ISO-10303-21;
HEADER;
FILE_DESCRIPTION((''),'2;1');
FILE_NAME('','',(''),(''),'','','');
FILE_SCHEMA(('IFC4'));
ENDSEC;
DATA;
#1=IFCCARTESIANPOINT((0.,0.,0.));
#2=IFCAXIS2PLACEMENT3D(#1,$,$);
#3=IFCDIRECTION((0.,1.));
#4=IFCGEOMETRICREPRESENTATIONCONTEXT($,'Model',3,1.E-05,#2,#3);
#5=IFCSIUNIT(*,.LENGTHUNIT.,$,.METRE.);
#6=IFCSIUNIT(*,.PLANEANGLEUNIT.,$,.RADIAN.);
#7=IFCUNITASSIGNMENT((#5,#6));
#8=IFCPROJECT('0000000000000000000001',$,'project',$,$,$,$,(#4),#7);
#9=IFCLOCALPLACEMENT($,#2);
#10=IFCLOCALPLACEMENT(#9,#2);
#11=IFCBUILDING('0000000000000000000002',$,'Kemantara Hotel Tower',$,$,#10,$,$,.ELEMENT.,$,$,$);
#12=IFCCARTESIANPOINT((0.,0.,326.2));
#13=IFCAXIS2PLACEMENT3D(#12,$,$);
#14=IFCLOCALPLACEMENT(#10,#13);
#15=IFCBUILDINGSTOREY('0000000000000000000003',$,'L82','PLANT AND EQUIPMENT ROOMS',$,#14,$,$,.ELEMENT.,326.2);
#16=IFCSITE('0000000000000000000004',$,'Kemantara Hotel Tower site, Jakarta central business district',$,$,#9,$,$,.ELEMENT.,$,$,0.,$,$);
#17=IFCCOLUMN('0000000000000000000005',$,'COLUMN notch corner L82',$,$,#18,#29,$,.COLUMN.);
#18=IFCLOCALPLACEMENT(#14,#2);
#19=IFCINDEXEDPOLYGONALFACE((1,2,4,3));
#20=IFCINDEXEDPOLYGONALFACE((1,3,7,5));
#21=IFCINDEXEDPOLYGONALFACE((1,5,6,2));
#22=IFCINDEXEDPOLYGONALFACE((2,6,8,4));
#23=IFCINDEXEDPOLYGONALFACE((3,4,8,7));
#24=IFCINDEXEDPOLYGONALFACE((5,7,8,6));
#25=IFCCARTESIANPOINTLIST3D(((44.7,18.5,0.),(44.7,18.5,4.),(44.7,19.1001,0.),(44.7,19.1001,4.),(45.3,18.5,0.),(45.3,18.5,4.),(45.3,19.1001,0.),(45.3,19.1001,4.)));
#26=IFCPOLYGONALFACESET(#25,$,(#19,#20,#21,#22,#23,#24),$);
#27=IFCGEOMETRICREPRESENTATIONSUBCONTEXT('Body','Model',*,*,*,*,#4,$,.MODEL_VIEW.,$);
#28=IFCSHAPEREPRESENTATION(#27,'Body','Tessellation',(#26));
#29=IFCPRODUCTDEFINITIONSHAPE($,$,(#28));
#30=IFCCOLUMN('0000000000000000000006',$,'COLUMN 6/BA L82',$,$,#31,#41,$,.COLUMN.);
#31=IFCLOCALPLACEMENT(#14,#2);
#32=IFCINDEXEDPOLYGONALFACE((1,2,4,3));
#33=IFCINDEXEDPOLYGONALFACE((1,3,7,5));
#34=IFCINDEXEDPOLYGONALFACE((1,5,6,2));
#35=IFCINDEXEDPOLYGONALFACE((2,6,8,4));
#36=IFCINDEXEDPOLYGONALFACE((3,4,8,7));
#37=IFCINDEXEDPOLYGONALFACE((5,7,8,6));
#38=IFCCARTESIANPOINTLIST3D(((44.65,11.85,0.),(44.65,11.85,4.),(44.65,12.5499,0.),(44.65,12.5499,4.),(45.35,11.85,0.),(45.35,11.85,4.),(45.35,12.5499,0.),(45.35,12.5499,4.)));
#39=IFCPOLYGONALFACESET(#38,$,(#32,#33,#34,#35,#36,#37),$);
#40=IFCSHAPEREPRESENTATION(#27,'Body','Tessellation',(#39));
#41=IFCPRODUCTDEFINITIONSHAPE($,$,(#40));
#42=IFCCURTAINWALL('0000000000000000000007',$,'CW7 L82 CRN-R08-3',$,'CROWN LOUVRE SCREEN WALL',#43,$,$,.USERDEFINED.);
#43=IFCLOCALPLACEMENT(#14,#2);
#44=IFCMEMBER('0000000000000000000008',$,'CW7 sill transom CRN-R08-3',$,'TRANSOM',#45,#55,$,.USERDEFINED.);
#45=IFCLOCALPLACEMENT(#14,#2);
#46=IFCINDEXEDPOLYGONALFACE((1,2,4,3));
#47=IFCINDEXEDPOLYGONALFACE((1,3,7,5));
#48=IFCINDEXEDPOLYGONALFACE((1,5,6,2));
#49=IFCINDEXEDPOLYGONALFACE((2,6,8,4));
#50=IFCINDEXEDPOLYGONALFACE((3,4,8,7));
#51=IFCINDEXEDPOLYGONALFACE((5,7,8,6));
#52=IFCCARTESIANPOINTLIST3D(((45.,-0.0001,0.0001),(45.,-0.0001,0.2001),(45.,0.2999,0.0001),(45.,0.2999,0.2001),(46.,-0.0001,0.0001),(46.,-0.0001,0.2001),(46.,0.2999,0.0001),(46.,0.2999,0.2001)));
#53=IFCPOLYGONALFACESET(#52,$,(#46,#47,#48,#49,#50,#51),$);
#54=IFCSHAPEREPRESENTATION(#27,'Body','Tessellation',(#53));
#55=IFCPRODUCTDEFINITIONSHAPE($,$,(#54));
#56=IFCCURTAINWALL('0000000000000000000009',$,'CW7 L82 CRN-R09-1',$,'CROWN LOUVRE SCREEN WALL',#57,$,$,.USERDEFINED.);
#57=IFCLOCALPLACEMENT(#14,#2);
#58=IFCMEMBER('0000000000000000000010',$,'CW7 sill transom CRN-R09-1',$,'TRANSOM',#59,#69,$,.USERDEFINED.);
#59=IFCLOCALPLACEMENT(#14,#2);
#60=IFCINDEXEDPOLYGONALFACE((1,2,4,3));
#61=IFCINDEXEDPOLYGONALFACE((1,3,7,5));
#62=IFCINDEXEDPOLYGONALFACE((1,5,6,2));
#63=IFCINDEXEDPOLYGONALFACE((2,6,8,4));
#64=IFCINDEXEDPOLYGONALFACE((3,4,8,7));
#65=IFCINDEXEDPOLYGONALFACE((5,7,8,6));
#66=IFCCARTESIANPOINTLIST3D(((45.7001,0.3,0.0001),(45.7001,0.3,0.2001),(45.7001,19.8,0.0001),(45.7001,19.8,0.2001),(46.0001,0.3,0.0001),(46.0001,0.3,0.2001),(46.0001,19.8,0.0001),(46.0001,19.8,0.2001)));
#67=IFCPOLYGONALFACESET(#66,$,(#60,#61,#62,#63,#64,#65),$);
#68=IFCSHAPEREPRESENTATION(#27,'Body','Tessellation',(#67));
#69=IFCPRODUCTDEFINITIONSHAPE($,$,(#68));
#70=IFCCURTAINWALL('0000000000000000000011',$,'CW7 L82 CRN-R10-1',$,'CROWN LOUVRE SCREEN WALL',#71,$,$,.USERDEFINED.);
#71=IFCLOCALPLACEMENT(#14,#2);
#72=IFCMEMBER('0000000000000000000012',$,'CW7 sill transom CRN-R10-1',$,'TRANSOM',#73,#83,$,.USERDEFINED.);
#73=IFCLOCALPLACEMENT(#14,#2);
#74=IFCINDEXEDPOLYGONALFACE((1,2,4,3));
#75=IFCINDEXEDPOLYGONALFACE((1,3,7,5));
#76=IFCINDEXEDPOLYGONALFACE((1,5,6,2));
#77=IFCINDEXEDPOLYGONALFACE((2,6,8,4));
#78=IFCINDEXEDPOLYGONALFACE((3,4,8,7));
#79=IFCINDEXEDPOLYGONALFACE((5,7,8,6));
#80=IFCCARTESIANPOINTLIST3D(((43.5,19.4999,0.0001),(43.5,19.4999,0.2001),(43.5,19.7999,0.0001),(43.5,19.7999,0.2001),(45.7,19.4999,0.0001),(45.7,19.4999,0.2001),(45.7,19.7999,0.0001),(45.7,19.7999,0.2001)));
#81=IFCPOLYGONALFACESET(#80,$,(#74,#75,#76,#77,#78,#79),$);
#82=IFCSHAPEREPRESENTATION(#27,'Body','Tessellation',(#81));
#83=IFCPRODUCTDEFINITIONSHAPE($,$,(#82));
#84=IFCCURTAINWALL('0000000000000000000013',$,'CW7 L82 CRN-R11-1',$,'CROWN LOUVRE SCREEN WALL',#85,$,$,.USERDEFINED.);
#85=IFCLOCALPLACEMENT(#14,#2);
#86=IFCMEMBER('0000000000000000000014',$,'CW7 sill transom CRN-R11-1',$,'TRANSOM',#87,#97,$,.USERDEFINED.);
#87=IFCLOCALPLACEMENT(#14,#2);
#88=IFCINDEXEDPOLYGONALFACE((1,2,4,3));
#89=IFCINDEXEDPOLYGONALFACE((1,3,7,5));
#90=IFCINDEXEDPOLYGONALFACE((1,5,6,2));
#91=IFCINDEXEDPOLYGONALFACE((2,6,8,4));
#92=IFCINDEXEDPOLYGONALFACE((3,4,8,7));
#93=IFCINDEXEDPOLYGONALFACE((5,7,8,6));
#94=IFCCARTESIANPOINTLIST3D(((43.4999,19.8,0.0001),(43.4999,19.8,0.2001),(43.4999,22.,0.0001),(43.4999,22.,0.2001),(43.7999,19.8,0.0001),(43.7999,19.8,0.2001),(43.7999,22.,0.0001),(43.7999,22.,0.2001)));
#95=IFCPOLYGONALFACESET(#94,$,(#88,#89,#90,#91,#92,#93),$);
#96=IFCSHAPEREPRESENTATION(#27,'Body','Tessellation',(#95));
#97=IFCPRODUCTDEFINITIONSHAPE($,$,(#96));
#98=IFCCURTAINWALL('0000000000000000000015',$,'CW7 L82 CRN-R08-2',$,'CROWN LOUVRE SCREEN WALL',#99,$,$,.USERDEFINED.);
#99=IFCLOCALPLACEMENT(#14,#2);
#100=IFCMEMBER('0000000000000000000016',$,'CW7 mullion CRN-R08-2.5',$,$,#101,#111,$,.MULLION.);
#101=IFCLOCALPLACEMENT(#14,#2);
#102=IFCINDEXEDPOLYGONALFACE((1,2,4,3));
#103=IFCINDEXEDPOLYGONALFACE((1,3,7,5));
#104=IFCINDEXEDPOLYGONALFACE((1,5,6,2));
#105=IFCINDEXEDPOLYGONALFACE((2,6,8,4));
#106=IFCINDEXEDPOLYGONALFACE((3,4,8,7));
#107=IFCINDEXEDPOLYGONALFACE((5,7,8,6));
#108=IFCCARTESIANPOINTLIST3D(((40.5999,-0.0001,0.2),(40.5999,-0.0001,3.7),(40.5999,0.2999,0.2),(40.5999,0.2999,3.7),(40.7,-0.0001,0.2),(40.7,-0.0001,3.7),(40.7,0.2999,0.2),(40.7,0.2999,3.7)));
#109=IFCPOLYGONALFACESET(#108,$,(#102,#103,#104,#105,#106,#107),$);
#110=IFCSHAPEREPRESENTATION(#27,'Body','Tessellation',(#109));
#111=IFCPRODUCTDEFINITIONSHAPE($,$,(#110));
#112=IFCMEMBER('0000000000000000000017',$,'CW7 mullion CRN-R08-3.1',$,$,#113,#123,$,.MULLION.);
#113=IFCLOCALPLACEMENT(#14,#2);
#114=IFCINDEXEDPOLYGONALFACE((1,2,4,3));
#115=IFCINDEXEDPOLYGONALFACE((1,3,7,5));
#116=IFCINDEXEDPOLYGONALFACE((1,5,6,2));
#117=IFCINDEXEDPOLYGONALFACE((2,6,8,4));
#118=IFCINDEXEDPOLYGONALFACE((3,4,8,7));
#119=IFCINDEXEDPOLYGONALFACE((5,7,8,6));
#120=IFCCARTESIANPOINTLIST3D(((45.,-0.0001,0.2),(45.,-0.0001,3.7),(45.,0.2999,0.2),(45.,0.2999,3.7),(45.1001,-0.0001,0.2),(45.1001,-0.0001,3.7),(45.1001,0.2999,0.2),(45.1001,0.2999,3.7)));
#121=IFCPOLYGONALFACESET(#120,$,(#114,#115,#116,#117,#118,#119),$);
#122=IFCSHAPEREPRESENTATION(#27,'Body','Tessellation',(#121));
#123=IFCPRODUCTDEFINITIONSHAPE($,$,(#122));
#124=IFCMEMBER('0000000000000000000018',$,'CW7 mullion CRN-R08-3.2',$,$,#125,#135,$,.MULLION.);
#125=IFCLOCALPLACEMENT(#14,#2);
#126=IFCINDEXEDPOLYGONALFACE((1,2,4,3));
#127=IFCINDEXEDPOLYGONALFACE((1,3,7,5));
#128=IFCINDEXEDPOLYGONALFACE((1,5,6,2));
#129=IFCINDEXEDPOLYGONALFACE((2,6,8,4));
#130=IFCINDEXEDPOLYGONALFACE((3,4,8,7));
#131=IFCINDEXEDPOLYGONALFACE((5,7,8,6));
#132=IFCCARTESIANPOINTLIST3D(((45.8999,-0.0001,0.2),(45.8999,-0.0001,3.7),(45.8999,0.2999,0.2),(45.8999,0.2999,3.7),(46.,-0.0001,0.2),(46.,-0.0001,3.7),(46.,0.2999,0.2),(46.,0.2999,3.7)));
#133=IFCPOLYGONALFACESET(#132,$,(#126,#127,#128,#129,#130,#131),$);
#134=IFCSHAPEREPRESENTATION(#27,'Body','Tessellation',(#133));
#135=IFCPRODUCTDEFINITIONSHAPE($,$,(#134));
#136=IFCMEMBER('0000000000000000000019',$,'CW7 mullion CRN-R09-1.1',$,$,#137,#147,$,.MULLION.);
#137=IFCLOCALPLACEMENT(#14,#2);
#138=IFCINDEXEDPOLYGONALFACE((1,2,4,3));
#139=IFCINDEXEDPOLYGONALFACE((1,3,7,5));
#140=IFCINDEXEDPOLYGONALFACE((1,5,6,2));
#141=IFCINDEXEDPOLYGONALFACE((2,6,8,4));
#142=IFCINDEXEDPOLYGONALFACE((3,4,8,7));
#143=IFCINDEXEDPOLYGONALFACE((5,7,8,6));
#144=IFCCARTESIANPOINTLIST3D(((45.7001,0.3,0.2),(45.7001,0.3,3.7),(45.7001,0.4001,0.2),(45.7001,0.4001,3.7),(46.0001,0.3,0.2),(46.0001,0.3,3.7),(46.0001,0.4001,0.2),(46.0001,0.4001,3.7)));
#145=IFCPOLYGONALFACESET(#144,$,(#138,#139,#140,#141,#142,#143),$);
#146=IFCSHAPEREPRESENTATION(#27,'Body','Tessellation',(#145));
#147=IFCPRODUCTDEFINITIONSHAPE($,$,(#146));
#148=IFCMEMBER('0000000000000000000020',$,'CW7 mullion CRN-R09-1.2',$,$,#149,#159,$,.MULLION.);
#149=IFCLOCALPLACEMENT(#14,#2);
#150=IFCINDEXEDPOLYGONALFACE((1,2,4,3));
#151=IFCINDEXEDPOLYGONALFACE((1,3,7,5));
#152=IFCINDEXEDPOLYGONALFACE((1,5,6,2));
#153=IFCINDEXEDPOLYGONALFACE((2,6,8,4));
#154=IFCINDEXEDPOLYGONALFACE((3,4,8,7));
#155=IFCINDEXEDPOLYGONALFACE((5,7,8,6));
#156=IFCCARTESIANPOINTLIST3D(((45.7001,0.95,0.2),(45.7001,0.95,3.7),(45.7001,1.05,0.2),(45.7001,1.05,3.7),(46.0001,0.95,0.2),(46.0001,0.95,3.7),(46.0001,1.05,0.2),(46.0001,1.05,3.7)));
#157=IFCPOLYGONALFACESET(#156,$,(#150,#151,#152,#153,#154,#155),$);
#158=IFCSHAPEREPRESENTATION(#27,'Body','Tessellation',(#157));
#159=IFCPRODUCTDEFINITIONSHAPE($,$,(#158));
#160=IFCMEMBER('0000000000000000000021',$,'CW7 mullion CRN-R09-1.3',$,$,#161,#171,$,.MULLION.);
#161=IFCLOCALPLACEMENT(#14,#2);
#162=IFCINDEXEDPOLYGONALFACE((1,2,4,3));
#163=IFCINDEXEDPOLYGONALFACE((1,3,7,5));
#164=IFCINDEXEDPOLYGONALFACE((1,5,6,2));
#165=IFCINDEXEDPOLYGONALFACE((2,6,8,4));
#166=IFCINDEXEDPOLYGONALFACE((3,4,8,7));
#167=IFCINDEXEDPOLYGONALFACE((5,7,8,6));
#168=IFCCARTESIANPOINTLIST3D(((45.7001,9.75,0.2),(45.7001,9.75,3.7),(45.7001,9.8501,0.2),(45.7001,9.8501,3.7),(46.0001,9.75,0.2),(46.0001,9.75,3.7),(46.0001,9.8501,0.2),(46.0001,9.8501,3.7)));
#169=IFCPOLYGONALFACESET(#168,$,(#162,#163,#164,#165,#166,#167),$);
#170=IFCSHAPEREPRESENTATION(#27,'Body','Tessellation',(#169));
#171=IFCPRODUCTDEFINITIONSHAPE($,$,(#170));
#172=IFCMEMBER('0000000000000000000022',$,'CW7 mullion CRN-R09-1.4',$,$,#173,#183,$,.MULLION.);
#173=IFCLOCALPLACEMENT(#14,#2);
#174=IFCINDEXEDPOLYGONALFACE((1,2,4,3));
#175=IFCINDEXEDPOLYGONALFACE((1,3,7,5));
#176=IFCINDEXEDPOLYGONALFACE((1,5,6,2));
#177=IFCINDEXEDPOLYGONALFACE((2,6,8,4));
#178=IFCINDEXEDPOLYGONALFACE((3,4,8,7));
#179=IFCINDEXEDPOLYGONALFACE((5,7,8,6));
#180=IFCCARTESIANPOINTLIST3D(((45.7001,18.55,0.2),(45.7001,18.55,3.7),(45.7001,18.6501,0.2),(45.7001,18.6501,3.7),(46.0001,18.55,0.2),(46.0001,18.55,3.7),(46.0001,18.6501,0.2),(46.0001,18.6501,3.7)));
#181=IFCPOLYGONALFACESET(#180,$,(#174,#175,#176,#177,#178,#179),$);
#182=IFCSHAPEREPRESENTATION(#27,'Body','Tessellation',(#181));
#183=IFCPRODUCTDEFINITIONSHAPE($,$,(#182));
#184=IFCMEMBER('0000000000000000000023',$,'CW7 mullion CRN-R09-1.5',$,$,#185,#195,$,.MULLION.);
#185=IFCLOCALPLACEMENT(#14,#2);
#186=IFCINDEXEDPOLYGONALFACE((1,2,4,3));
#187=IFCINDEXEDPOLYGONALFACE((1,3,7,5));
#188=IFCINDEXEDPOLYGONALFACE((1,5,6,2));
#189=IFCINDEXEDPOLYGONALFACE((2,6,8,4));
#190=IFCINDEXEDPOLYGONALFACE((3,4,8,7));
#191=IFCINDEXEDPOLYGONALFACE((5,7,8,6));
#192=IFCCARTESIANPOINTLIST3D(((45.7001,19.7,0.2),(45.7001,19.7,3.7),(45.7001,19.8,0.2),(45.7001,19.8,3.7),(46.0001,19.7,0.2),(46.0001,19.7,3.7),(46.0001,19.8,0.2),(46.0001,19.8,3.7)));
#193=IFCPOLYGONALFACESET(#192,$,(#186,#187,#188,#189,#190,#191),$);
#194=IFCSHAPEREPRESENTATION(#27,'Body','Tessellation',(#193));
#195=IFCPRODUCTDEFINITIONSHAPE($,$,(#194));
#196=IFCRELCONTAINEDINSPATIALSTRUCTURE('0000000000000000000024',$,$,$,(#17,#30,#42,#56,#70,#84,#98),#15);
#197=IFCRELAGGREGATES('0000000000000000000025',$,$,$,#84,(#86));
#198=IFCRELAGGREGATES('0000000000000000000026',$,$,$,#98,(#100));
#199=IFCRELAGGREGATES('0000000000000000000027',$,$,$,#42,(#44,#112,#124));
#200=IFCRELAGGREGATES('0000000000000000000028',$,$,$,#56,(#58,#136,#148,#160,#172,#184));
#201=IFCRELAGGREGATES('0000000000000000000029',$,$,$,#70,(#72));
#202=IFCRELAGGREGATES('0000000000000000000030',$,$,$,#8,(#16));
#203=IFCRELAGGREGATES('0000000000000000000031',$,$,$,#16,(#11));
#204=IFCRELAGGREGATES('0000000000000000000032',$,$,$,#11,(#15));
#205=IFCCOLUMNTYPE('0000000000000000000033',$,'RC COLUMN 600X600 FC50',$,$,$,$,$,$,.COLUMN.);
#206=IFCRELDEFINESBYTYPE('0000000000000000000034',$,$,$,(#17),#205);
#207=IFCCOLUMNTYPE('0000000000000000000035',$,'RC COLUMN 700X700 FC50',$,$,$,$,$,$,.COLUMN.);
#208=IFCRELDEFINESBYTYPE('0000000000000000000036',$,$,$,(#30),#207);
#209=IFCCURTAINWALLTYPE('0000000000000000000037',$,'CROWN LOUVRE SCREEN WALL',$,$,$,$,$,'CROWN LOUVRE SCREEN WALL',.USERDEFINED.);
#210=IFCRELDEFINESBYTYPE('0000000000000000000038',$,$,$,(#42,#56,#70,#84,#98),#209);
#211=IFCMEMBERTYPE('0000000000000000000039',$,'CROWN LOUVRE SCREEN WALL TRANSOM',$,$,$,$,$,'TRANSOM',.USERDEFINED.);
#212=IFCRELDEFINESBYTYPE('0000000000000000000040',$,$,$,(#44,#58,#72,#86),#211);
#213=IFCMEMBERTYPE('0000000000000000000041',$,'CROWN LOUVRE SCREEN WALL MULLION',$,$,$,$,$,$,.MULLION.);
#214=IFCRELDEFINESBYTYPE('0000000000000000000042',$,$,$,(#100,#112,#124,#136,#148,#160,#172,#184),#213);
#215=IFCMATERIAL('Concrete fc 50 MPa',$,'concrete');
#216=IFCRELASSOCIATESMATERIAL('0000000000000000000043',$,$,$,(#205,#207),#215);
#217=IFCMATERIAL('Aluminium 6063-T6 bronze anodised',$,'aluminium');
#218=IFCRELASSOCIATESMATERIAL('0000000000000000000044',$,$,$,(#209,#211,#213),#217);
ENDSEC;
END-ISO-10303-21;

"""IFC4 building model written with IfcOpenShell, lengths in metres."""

from ifc_helpers import new_model, si_unit, direction, frame, origin, origin_2d, place, context, subcontext, project, spatial, rectangle, extrude, source, transform, mapped, material, material_profile, profile_set, type_object, element, aggregate, save


model = new_model("IFC4")

# Units and contexts
model_context = context("Model", 3, precision=1e-05, world=origin(), true_north=direction((0.0, 1.0)))
body_context = subcontext(model_context, "Body", "Model", "MODEL_VIEW")
ifc_project = project(units=[si_unit("LENGTHUNIT", "METRE"), si_unit("PLANEANGLEUNIT", "RADIAN")], contexts=[model_context])

# Site, building, storey
site_placement = place(None, origin())
site = spatial("IfcSite", under=ifc_project, at=site_placement, Name="Kemantara Hotel Tower site, Jakarta central business district", CompositionType="ELEMENT", RefElevation=0.0)
building_placement = place(site_placement, origin())
building = spatial("IfcBuilding", under=site, at=building_placement, Name="Kemantara Hotel Tower", CompositionType="ELEMENT")
storey_placement = place(building_placement, frame((0.0, 0.0, 326.2)))
storey = spatial("IfcBuildingStorey", under=building, at=storey_placement, Name="L82", Description="PLANT AND EQUIPMENT ROOMS", CompositionType="ELEMENT", Elevation=326.2)

# Columns
ifc_material_1 = material(Name="Concrete fc 50 MPa", Category="concrete")
ifc_material_profile_1 = material_profile(ifc_material_1, rectangle(XDim=0.6001, YDim=0.6001, at=origin_2d()), Name="RC 600X600")
ifc_profile_set_1 = profile_set([ifc_material_profile_1], Name="Concrete fc 50 MPa")
column_type_1 = type_object("IfcColumnType", Name="RC COLUMN 600X600 FC50", PredefinedType="COLUMN", material=ifc_profile_set_1)
column_1_placement = place(storey_placement, frame((45.0, 18.8, 0.0), z_axis=(0.0, 0.0, 1.0), x_axis=(1.0, 0.0, 0.0)))
element("IfcColumn", 1, at=column_1_placement, inside=storey, type_object=column_type_1, Name="COLUMN notch corner L82", PredefinedType="COLUMN", context=body_context, shape_type="SweptSolid", body=[
    extrude(rectangle(XDim=0.6001, YDim=0.6001, at=origin_2d()), origin(), (0.0, 0.0, 1.0), 4.0),
])
ifc_material_profile_2 = material_profile(ifc_material_1, rectangle(XDim=0.7, YDim=0.7, at=origin_2d()), Name="RC 700X700")
ifc_profile_set_2 = profile_set([ifc_material_profile_2], Name="Concrete fc 50 MPa")
column_type_2 = type_object("IfcColumnType", Name="RC COLUMN 700X700 FC50", PredefinedType="COLUMN", material=ifc_profile_set_2)
column_2_placement = place(storey_placement, frame((45.0, 12.2, 0.0), z_axis=(0.0, 0.0, 1.0), x_axis=(1.0, 0.0, 0.0)))
element("IfcColumn", 2, at=column_2_placement, inside=storey, type_object=column_type_2, Name="COLUMN 6/BA L82", PredefinedType="COLUMN", context=body_context, shape_type="SweptSolid", body=[
    extrude(rectangle(XDim=0.7, YDim=0.7, at=origin_2d()), origin(), (0.0, 0.0, 1.0), 4.0),
])

# Curtain walls, members
ifc_material_2 = material(Name="Aluminium 6063-T6 bronze anodised", Category="aluminium")
curtain_wall_type = type_object("IfcCurtainWallType", Name="CROWN LOUVRE SCREEN WALL", ElementType="CROWN LOUVRE SCREEN WALL", PredefinedType="USERDEFINED", material=ifc_material_2)
curtain_wall_1_placement = place(storey_placement, origin())
curtain_wall_1 = element("IfcCurtainWall", 3, at=curtain_wall_1_placement, inside=storey, type_object=curtain_wall_type, Name="CW7 L82 CRN-R08-3", ObjectType="CROWN LOUVRE SCREEN WALL", PredefinedType="USERDEFINED")
ifc_material_profile_3 = material_profile(ifc_material_2, rectangle(XDim=0.3, YDim=0.2, at=origin_2d()), Name="CROWN LOUVRE SCREEN WALL TRANSOM")
ifc_profile_set_3 = profile_set([ifc_material_profile_3], Name="Aluminium 6063-T6 bronze anodised")
member_type_1 = type_object("IfcMemberType", Name="CROWN LOUVRE SCREEN WALL TRANSOM", ElementType="TRANSOM", PredefinedType="USERDEFINED", material=ifc_profile_set_3)
member_1_placement = place(storey_placement, frame((45.0, 0.1499, 0.1001), z_axis=(1.0, 0.0, 0.0), x_axis=(0.0, 1.0, 0.0)))
member_1 = element("IfcMember", 4, at=member_1_placement, type_object=member_type_1, Name="CW7 sill transom CRN-R08-3", ObjectType="TRANSOM", PredefinedType="USERDEFINED", context=body_context, shape_type="SweptSolid", body=[
    extrude(rectangle(XDim=0.3, YDim=0.2, at=origin_2d()), origin(), (0.0, 0.0, 1.0), 1.0),
])
curtain_wall_2_placement = place(storey_placement, origin())
curtain_wall_2 = element("IfcCurtainWall", 5, at=curtain_wall_2_placement, inside=storey, type_object=curtain_wall_type, Name="CW7 L82 CRN-R09-1", ObjectType="CROWN LOUVRE SCREEN WALL", PredefinedType="USERDEFINED")
member_2_placement = place(storey_placement, frame((45.8501, 0.3, 0.1001), z_axis=(0.0, 1.0, 0.0), x_axis=(-1.0, 0.0, 0.0)))
member_2 = element("IfcMember", 6, at=member_2_placement, type_object=member_type_1, Name="CW7 sill transom CRN-R09-1", ObjectType="TRANSOM", PredefinedType="USERDEFINED", context=body_context, shape_type="SweptSolid", body=[
    extrude(rectangle(XDim=0.3, YDim=0.2, at=origin_2d()), origin(), (0.0, 0.0, 1.0), 19.5),
])
curtain_wall_3_placement = place(storey_placement, origin())
curtain_wall_3 = element("IfcCurtainWall", 7, at=curtain_wall_3_placement, inside=storey, type_object=curtain_wall_type, Name="CW7 L82 CRN-R10-1", ObjectType="CROWN LOUVRE SCREEN WALL", PredefinedType="USERDEFINED")
member_3_placement = place(storey_placement, frame((45.7, 19.6499, 0.1001), z_axis=(-1.0, 0.0, 0.0), x_axis=(0.0, -1.0, 0.0)))
member_3 = element("IfcMember", 8, at=member_3_placement, type_object=member_type_1, Name="CW7 sill transom CRN-R10-1", ObjectType="TRANSOM", PredefinedType="USERDEFINED", context=body_context, shape_type="SweptSolid", body=[
    extrude(rectangle(XDim=0.3, YDim=0.2, at=origin_2d()), origin(), (0.0, 0.0, 1.0), 2.2),
])
curtain_wall_4_placement = place(storey_placement, origin())
curtain_wall_4 = element("IfcCurtainWall", 9, at=curtain_wall_4_placement, inside=storey, type_object=curtain_wall_type, Name="CW7 L82 CRN-R11-1", ObjectType="CROWN LOUVRE SCREEN WALL", PredefinedType="USERDEFINED")
member_4_placement = place(storey_placement, frame((43.6499, 19.8, 0.1001), z_axis=(0.0, 1.0, 0.0), x_axis=(-1.0, 0.0, 0.0)))
member_4 = element("IfcMember", 10, at=member_4_placement, type_object=member_type_1, Name="CW7 sill transom CRN-R11-1", ObjectType="TRANSOM", PredefinedType="USERDEFINED", context=body_context, shape_type="SweptSolid", body=[
    extrude(rectangle(XDim=0.3, YDim=0.2, at=origin_2d()), origin(), (0.0, 0.0, 1.0), 2.2),
])
aggregate(curtain_wall_4, [member_4])
curtain_wall_5_placement = place(storey_placement, origin())
curtain_wall_5 = element("IfcCurtainWall", 11, at=curtain_wall_5_placement, inside=storey, type_object=curtain_wall_type, Name="CW7 L82 CRN-R08-2", ObjectType="CROWN LOUVRE SCREEN WALL", PredefinedType="USERDEFINED")
ifc_material_profile_4 = material_profile(ifc_material_2, rectangle(XDim=0.3, YDim=0.1001, at=origin_2d()), Name="CROWN LOUVRE SCREEN WALL MULLION")
ifc_profile_set_4 = profile_set([ifc_material_profile_4], Name="Aluminium 6063-T6 bronze anodised")
member_type_2 = type_object("IfcMemberType", Name="CROWN LOUVRE SCREEN WALL MULLION", PredefinedType="MULLION", material=ifc_profile_set_4)
shared_shape_1 = source(origin(), body_context, "Body", "SweptSolid", [
    extrude(rectangle(XDim=0.3, YDim=0.1001, at=origin_2d()), origin(), (0.0, 0.0, 1.0), 3.5),
])
member_5_placement = place(storey_placement, frame((40.6499, 0.1499, 0.2), z_axis=(0.0, 0.0, 1.0), x_axis=(0.0, 1.0, 0.0)))
member_5 = element("IfcMember", 12, at=member_5_placement, type_object=member_type_2, Name="CW7 mullion CRN-R08-2.5", PredefinedType="MULLION", context=body_context, shape_type="MappedRepresentation", body=[
    mapped(shared_shape_1, transform((0.0, 0.0, 0.0))),
])

# Members
member_6_placement = place(storey_placement, frame((45.05, 0.1499, 0.2), z_axis=(0.0, 0.0, 1.0), x_axis=(0.0, 1.0, 0.0)))
member_6 = element("IfcMember", 13, at=member_6_placement, type_object=member_type_2, Name="CW7 mullion CRN-R08-3.1", PredefinedType="MULLION", context=body_context, shape_type="MappedRepresentation", body=[
    mapped(shared_shape_1, transform((0.0, 0.0, 0.0))),
])
member_7_placement = place(storey_placement, frame((45.95, 0.1499, 0.2), z_axis=(0.0, 0.0, 1.0), x_axis=(0.0, 1.0, 0.0)))
member_7 = element("IfcMember", 14, at=member_7_placement, type_object=member_type_2, Name="CW7 mullion CRN-R08-3.2", PredefinedType="MULLION", context=body_context, shape_type="MappedRepresentation", body=[
    mapped(shared_shape_1, transform((0.0, 0.0, 0.0))),
])
member_8_placement = place(storey_placement, frame((45.8501, 0.3501, 0.2), z_axis=(0.0, 0.0, 1.0), x_axis=(-1.0, 0.0, 0.0)))
member_8 = element("IfcMember", 15, at=member_8_placement, type_object=member_type_2, Name="CW7 mullion CRN-R09-1.1", PredefinedType="MULLION", context=body_context, shape_type="MappedRepresentation", body=[
    mapped(shared_shape_1, transform((0.0, 0.0, 0.0))),
])
member_9_placement = place(storey_placement, frame((45.8501, 1.0, 0.2), z_axis=(0.0, 0.0, 1.0), x_axis=(-1.0, 0.0, 0.0)))
member_9 = element("IfcMember", 16, at=member_9_placement, type_object=member_type_2, Name="CW7 mullion CRN-R09-1.2", PredefinedType="MULLION", context=body_context, shape_type="MappedRepresentation", body=[
    mapped(shared_shape_1, transform((0.0, 0.0, 0.0))),
])
member_10_placement = place(storey_placement, frame((45.8501, 9.8, 0.2), z_axis=(0.0, 0.0, 1.0), x_axis=(-1.0, 0.0, 0.0)))
member_10 = element("IfcMember", 17, at=member_10_placement, type_object=member_type_2, Name="CW7 mullion CRN-R09-1.3", PredefinedType="MULLION", context=body_context, shape_type="MappedRepresentation", body=[
    mapped(shared_shape_1, transform((0.0, 0.0, 0.0))),
])
member_11_placement = place(storey_placement, frame((45.8501, 18.6001, 0.2), z_axis=(0.0, 0.0, 1.0), x_axis=(-1.0, 0.0, 0.0)))
member_11 = element("IfcMember", 18, at=member_11_placement, type_object=member_type_2, Name="CW7 mullion CRN-R09-1.4", PredefinedType="MULLION", context=body_context, shape_type="MappedRepresentation", body=[
    mapped(shared_shape_1, transform((0.0, 0.0, 0.0))),
])
member_12_placement = place(storey_placement, frame((45.8501, 19.75, 0.2), z_axis=(0.0, 0.0, 1.0), x_axis=(-1.0, 0.0, 0.0)))
member_12 = element("IfcMember", 19, at=member_12_placement, type_object=member_type_2, Name="CW7 mullion CRN-R09-1.5", PredefinedType="MULLION", context=body_context, shape_type="MappedRepresentation", body=[
    mapped(shared_shape_1, transform((0.0, 0.0, 0.0))),
])

aggregate(curtain_wall_5, [member_5])
aggregate(curtain_wall_1, [member_1, member_6, member_7])
aggregate(curtain_wall_2, [member_2, member_8, member_9, member_10, member_11, member_12])
aggregate(curtain_wall_3, [member_3])

save(model, "model.ifc")
